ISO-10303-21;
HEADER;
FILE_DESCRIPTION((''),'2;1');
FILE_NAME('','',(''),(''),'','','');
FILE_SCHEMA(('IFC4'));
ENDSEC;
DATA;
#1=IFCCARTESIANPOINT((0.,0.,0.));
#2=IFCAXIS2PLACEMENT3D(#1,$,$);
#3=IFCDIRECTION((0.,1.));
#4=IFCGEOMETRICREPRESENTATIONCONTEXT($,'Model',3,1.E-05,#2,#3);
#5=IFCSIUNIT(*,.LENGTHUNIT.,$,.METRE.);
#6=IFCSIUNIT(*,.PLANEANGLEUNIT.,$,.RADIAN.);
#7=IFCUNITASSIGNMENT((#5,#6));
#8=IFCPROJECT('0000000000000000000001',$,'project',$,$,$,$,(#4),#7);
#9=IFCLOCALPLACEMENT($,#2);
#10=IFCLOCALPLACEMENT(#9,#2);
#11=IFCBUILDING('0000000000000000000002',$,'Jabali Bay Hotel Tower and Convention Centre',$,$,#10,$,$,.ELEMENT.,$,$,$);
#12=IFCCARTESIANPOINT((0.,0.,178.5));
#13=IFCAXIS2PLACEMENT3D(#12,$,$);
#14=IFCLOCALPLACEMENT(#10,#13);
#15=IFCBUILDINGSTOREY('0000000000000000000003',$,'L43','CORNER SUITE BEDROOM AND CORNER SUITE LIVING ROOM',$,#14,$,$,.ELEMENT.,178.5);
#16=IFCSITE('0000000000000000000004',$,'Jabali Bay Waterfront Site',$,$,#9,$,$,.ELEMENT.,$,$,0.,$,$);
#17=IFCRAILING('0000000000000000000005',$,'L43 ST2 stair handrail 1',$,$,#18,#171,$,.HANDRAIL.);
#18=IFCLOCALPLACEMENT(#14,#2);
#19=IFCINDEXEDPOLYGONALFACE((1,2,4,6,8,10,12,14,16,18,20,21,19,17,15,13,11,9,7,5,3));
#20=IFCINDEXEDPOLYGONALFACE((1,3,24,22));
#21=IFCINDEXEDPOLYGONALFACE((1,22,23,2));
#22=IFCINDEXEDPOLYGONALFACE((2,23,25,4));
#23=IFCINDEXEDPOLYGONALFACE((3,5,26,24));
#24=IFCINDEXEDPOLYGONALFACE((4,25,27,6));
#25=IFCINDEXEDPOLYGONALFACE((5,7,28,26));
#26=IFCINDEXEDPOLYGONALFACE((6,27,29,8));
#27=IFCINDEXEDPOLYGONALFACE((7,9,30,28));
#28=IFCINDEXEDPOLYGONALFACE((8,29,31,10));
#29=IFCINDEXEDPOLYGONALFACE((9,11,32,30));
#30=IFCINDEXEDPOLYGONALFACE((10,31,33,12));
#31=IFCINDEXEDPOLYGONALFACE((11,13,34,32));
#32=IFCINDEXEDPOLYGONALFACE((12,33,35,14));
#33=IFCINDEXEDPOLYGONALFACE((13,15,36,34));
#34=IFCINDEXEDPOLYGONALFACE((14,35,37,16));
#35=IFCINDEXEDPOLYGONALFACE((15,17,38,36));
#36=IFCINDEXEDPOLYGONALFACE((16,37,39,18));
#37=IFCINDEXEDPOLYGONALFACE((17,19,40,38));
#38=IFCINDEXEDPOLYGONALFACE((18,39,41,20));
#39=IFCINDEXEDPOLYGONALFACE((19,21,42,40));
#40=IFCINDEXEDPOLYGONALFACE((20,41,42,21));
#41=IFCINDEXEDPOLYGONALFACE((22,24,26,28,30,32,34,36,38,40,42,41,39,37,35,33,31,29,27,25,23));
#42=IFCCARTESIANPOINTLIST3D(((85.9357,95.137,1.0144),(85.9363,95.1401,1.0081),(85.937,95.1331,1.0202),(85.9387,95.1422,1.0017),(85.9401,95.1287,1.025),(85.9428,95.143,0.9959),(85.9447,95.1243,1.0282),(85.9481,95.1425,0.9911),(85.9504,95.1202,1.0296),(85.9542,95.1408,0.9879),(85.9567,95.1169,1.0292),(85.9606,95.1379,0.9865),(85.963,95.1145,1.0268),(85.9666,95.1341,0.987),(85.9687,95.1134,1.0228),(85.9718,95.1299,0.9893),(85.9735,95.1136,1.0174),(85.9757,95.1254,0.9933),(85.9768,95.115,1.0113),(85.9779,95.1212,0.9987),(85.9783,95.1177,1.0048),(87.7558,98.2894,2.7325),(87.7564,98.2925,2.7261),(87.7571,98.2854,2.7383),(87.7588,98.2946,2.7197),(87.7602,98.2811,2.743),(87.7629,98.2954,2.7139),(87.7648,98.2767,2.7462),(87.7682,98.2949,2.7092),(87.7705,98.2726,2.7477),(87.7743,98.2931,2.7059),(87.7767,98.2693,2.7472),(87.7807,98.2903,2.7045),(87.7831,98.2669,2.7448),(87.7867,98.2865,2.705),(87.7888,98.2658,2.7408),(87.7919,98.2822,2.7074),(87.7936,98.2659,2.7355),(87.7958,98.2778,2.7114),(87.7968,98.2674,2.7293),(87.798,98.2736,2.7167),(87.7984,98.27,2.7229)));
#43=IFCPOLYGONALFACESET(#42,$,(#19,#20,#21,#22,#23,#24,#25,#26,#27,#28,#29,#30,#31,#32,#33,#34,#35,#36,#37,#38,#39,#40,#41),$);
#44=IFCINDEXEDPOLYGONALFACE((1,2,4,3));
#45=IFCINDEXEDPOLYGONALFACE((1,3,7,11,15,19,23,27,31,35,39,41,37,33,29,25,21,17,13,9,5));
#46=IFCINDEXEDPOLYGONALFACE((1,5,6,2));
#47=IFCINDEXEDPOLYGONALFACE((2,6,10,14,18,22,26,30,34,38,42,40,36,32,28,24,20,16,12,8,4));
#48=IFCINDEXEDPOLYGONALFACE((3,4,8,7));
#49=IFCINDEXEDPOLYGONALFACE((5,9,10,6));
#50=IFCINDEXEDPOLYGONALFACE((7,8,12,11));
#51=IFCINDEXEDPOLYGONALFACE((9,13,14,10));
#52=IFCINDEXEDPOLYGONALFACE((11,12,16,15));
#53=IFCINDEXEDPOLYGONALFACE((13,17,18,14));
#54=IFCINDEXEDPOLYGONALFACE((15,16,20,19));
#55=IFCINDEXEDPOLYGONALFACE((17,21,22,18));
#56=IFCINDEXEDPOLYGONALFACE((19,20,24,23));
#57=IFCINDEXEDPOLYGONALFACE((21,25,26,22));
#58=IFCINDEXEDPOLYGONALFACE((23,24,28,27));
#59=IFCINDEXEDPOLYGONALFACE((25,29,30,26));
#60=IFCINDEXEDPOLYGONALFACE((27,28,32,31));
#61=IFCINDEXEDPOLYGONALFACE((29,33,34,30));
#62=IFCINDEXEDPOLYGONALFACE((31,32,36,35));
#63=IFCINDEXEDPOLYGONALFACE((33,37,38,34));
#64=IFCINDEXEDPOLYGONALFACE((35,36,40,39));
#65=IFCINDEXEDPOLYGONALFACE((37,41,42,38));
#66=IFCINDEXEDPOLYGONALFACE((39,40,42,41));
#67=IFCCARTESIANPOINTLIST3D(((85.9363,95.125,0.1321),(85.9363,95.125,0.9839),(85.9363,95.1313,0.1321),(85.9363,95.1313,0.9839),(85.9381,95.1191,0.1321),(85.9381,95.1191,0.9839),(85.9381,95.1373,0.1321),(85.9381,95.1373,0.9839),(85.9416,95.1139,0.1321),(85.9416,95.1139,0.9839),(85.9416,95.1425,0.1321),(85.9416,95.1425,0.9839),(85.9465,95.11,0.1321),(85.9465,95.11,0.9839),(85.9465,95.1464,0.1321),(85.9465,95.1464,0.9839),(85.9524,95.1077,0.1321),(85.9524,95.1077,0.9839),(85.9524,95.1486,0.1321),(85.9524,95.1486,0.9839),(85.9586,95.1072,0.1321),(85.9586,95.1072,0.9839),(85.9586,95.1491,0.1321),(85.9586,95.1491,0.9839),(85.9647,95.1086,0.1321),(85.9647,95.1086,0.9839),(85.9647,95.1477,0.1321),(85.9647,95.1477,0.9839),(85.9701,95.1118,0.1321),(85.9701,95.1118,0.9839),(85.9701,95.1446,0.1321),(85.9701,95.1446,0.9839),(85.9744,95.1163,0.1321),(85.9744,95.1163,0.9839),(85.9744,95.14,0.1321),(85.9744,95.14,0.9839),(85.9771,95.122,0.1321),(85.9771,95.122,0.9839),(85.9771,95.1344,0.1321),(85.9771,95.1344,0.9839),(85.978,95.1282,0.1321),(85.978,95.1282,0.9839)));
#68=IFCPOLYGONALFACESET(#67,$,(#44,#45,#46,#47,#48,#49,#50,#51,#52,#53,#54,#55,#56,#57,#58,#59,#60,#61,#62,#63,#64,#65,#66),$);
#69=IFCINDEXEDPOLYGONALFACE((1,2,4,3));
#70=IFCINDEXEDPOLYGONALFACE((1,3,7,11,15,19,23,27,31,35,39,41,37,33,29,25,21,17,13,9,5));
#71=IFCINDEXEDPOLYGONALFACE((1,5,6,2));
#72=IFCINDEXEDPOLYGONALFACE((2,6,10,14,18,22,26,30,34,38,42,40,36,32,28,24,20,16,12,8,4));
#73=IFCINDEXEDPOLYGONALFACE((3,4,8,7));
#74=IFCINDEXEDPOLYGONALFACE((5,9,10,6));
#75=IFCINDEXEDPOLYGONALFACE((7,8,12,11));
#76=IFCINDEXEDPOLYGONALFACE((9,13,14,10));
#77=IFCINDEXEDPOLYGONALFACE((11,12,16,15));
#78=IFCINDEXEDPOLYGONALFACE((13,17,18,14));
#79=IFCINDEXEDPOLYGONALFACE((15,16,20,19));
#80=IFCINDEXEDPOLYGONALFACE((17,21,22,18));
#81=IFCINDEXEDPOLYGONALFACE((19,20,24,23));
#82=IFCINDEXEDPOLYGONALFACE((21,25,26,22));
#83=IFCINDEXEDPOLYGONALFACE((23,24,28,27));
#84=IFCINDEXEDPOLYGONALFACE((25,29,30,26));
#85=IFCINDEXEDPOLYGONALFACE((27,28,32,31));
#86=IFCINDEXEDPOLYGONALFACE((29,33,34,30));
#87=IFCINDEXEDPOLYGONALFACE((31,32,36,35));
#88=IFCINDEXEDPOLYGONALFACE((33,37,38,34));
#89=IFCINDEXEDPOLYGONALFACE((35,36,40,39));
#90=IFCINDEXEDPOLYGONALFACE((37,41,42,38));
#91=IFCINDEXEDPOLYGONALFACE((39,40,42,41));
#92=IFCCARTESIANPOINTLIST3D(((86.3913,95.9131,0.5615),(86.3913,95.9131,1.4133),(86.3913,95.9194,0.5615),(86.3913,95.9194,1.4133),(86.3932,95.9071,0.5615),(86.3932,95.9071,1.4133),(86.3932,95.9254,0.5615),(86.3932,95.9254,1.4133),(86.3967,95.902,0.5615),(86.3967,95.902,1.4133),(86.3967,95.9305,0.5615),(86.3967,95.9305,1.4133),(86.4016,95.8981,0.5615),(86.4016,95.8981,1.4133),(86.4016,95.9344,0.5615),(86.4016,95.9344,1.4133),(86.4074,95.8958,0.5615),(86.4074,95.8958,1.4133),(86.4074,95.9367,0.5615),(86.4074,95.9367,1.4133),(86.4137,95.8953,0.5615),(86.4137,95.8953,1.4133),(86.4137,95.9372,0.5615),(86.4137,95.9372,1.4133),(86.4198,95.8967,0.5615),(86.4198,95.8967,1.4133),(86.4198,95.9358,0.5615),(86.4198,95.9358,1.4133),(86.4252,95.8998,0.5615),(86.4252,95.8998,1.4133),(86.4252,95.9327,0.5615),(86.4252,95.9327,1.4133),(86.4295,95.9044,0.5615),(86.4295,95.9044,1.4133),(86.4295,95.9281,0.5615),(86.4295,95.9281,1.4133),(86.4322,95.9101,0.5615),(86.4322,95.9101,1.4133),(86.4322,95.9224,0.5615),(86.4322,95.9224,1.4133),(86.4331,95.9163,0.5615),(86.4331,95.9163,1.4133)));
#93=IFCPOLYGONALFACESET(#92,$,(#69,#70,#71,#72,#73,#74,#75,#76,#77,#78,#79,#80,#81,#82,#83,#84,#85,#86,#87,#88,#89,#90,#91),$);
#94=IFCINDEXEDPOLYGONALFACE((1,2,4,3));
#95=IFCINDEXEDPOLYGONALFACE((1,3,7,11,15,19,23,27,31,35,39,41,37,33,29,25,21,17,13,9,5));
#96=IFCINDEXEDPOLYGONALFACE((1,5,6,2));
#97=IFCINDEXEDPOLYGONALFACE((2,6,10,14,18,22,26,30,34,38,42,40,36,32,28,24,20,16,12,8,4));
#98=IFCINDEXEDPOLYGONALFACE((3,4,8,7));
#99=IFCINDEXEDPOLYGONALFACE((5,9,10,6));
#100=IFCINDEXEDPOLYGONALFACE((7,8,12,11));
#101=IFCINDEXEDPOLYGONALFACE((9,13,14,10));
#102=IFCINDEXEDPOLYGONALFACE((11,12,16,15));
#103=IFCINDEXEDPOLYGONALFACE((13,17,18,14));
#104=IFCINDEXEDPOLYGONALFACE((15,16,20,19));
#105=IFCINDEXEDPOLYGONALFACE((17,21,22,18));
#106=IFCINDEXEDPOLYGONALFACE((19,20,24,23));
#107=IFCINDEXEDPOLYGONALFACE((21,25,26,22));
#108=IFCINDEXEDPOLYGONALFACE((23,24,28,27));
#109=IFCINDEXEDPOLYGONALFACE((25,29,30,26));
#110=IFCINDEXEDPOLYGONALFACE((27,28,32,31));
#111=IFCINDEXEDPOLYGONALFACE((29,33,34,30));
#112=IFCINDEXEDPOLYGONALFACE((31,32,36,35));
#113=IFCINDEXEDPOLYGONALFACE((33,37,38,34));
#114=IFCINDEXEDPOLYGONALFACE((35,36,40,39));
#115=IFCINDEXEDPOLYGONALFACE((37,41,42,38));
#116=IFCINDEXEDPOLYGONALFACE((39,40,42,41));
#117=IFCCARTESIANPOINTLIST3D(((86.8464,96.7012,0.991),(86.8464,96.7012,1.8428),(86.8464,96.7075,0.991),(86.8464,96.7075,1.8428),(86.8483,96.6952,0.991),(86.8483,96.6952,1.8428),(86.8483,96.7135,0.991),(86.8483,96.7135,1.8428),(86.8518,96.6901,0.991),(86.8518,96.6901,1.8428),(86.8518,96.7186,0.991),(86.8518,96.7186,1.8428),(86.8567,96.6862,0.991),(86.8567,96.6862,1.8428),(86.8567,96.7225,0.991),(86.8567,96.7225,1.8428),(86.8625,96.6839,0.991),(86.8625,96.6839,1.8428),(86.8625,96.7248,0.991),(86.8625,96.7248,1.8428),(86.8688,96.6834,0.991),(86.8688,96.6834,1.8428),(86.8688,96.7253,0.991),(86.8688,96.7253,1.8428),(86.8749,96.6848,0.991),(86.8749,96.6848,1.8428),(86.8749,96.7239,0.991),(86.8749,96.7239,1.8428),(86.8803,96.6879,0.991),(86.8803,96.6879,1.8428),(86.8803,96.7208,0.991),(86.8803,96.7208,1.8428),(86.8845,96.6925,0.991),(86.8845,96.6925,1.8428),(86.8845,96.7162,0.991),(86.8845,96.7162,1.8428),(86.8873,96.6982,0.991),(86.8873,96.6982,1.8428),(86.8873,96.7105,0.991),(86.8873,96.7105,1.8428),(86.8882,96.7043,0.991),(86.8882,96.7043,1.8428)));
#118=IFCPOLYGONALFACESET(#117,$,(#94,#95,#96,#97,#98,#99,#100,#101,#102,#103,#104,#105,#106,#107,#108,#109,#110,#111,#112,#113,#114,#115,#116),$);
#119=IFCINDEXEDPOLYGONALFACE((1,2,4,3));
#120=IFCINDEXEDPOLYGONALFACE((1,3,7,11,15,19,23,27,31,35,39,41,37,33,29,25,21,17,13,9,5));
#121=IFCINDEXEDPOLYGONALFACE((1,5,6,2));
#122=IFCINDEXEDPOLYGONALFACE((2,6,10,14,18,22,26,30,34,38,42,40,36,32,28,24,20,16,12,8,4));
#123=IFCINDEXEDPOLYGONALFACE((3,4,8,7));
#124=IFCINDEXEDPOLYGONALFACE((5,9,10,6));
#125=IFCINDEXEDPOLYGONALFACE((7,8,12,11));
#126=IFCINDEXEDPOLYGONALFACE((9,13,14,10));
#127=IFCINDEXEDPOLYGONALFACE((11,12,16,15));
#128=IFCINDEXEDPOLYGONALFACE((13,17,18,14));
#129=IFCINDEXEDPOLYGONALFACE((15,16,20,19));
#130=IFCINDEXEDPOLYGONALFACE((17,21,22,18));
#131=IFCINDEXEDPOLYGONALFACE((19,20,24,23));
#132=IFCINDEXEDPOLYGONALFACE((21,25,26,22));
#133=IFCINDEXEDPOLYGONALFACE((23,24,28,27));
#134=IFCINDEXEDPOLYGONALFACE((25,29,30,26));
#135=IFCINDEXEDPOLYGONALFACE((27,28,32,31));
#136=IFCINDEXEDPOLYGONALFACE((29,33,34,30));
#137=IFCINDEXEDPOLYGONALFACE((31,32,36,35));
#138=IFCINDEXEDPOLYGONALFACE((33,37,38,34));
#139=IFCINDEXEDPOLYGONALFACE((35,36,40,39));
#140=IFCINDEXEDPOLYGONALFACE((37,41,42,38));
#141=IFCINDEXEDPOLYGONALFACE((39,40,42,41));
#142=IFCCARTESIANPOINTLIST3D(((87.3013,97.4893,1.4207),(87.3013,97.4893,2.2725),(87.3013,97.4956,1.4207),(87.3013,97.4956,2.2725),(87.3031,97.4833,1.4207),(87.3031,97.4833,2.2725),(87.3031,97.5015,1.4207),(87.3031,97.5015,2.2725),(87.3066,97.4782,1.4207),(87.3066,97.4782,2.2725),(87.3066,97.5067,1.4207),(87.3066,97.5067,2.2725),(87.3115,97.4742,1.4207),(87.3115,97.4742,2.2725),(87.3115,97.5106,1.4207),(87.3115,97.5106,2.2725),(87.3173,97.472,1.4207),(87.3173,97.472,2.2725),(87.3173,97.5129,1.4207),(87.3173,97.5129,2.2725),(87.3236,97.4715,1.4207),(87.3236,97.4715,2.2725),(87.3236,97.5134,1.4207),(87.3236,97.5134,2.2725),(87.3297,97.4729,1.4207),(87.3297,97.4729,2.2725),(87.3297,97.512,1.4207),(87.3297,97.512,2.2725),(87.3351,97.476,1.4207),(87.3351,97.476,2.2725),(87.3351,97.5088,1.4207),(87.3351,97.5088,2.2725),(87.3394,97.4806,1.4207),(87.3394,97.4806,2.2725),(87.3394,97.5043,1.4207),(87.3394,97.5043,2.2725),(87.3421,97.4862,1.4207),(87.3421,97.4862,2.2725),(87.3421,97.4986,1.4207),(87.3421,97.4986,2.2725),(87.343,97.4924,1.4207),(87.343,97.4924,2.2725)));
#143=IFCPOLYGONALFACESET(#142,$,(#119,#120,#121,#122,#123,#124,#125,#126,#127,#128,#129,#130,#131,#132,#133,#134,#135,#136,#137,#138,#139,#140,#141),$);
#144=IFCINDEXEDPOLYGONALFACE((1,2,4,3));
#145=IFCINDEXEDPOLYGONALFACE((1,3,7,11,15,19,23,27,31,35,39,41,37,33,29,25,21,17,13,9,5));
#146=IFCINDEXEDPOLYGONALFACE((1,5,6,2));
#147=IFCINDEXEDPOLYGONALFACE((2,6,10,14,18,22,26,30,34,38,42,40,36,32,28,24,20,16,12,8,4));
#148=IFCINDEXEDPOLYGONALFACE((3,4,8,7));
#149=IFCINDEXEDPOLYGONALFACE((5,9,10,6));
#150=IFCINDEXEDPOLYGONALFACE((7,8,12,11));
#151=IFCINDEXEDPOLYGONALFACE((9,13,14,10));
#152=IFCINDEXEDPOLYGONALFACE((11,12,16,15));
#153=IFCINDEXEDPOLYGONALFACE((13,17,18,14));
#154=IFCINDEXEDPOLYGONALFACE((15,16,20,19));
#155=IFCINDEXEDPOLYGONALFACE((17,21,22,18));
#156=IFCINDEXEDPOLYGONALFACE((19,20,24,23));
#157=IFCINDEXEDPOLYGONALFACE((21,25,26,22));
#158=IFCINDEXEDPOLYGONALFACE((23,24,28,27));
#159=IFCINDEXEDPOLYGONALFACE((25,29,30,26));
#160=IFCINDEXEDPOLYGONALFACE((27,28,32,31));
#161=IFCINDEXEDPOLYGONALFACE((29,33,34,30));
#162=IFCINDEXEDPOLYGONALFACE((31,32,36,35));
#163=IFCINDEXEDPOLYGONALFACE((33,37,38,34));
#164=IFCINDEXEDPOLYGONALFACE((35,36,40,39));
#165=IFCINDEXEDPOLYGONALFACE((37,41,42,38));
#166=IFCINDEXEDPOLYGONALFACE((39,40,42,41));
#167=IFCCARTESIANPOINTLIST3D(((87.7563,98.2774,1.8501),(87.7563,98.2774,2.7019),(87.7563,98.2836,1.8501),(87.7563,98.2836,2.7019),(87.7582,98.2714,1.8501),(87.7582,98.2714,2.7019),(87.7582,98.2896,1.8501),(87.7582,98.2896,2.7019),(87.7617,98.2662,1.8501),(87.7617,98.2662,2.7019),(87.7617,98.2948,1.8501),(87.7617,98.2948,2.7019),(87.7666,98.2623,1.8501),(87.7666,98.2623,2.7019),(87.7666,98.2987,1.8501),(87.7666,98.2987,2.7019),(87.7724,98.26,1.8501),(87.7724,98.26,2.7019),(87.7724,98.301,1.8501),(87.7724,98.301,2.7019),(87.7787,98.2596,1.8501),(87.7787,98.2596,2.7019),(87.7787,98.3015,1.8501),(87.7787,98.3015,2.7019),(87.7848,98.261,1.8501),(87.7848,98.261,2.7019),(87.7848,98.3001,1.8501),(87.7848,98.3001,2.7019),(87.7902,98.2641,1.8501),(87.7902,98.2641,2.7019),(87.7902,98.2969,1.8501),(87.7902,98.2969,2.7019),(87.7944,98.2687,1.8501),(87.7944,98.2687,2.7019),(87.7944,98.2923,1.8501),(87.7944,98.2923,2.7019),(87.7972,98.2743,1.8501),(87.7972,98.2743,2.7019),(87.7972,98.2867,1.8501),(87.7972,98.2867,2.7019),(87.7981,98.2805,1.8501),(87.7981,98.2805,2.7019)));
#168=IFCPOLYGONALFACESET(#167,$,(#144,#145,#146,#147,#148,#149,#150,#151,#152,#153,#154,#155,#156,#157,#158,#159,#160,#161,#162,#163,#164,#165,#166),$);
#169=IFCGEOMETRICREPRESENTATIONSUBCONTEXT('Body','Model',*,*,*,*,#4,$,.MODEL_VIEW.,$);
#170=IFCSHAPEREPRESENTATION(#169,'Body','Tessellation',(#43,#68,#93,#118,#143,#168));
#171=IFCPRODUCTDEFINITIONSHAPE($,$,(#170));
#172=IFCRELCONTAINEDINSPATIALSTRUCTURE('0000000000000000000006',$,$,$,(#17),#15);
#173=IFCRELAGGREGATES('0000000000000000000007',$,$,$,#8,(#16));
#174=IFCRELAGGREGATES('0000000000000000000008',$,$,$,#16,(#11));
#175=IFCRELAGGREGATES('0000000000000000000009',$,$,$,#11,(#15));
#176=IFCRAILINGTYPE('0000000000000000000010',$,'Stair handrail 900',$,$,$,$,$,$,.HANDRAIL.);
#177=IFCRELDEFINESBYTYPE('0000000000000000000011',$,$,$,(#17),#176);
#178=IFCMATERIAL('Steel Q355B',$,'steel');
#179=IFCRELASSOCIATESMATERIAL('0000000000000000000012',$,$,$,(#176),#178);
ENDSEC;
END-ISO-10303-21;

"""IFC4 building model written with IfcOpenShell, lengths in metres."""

from ifc_helpers import new_model, si_unit, direction, frame, origin, origin_2d, place, context, subcontext, project, spatial, circle, extrude, material, type_object, element, save


model = new_model("IFC4")

# Units and contexts
model_context = context("Model", 3, precision=1e-05, world=origin(), true_north=direction((0.0, 1.0)))
body_context = subcontext(model_context, "Body", "Model", "MODEL_VIEW")
ifc_project = project(units=[si_unit("LENGTHUNIT", "METRE"), si_unit("PLANEANGLEUNIT", "RADIAN")], contexts=[model_context])

# Site, building, storey
site_placement = place(None, origin())
site = spatial("IfcSite", under=ifc_project, at=site_placement, Name="Jabali Bay Waterfront Site", CompositionType="ELEMENT", RefElevation=0.0)
building_placement = place(site_placement, origin())
building = spatial("IfcBuilding", under=site, at=building_placement, Name="Jabali Bay Hotel Tower and Convention Centre", CompositionType="ELEMENT")
storey_placement = place(building_placement, frame((0.0, 0.0, 178.5)))
storey = spatial("IfcBuildingStorey", under=building, at=storey_placement, Name="L43", Description="CORNER SUITE BEDROOM AND CORNER SUITE LIVING ROOM", CompositionType="ELEMENT", Elevation=178.5)

# Railing
ifc_material_1 = material(Name="Steel Q355B", Category="steel")
railing_type_1 = type_object("IfcRailingType", Name="Stair handrail 900", PredefinedType="HANDRAIL", material=ifc_material_1)
railing_1_placement = place(storey_placement, frame((85.957, 95.1282, 0.1321)))
element("IfcRailing", 1, at=railing_1_placement, inside=storey, type_object=railing_type_1, Name="L43 ST2 stair handrail 1", PredefinedType="HANDRAIL", context=body_context, shape_type="SweptSolid", body=[
    extrude(circle(Radius=0.0239, at=origin_2d()), frame((0.0, 0.0, 0.876), z_axis=(0.452179, 0.78317, 0.426825), x_axis=(-0.866018, 0.500013, 0.0)), (0.0, 0.0, 1.0), 4.0251),
    extrude(circle(Radius=0.021, at=origin_2d()), origin(), (0.0, 0.0, 1.0), 0.8518),
    extrude(circle(Radius=0.021, at=origin_2d()), frame((0.4551, 0.7881, 0.4294)), (0.0, 0.0, 1.0), 0.8518),
    extrude(circle(Radius=0.021, at=origin_2d()), frame((0.9102, 1.5762, 0.8589)), (0.0, 0.0, 1.0), 0.8518),
    extrude(circle(Radius=0.021, at=origin_2d()), frame((1.365, 2.3643, 1.2886)), (0.0, 0.0, 1.0), 0.8518),
    extrude(circle(Radius=0.021, at=origin_2d()), frame((1.8201, 3.1523, 1.718)), (0.0, 0.0, 1.0), 0.8518),
])

save(model, "model.ifc")
